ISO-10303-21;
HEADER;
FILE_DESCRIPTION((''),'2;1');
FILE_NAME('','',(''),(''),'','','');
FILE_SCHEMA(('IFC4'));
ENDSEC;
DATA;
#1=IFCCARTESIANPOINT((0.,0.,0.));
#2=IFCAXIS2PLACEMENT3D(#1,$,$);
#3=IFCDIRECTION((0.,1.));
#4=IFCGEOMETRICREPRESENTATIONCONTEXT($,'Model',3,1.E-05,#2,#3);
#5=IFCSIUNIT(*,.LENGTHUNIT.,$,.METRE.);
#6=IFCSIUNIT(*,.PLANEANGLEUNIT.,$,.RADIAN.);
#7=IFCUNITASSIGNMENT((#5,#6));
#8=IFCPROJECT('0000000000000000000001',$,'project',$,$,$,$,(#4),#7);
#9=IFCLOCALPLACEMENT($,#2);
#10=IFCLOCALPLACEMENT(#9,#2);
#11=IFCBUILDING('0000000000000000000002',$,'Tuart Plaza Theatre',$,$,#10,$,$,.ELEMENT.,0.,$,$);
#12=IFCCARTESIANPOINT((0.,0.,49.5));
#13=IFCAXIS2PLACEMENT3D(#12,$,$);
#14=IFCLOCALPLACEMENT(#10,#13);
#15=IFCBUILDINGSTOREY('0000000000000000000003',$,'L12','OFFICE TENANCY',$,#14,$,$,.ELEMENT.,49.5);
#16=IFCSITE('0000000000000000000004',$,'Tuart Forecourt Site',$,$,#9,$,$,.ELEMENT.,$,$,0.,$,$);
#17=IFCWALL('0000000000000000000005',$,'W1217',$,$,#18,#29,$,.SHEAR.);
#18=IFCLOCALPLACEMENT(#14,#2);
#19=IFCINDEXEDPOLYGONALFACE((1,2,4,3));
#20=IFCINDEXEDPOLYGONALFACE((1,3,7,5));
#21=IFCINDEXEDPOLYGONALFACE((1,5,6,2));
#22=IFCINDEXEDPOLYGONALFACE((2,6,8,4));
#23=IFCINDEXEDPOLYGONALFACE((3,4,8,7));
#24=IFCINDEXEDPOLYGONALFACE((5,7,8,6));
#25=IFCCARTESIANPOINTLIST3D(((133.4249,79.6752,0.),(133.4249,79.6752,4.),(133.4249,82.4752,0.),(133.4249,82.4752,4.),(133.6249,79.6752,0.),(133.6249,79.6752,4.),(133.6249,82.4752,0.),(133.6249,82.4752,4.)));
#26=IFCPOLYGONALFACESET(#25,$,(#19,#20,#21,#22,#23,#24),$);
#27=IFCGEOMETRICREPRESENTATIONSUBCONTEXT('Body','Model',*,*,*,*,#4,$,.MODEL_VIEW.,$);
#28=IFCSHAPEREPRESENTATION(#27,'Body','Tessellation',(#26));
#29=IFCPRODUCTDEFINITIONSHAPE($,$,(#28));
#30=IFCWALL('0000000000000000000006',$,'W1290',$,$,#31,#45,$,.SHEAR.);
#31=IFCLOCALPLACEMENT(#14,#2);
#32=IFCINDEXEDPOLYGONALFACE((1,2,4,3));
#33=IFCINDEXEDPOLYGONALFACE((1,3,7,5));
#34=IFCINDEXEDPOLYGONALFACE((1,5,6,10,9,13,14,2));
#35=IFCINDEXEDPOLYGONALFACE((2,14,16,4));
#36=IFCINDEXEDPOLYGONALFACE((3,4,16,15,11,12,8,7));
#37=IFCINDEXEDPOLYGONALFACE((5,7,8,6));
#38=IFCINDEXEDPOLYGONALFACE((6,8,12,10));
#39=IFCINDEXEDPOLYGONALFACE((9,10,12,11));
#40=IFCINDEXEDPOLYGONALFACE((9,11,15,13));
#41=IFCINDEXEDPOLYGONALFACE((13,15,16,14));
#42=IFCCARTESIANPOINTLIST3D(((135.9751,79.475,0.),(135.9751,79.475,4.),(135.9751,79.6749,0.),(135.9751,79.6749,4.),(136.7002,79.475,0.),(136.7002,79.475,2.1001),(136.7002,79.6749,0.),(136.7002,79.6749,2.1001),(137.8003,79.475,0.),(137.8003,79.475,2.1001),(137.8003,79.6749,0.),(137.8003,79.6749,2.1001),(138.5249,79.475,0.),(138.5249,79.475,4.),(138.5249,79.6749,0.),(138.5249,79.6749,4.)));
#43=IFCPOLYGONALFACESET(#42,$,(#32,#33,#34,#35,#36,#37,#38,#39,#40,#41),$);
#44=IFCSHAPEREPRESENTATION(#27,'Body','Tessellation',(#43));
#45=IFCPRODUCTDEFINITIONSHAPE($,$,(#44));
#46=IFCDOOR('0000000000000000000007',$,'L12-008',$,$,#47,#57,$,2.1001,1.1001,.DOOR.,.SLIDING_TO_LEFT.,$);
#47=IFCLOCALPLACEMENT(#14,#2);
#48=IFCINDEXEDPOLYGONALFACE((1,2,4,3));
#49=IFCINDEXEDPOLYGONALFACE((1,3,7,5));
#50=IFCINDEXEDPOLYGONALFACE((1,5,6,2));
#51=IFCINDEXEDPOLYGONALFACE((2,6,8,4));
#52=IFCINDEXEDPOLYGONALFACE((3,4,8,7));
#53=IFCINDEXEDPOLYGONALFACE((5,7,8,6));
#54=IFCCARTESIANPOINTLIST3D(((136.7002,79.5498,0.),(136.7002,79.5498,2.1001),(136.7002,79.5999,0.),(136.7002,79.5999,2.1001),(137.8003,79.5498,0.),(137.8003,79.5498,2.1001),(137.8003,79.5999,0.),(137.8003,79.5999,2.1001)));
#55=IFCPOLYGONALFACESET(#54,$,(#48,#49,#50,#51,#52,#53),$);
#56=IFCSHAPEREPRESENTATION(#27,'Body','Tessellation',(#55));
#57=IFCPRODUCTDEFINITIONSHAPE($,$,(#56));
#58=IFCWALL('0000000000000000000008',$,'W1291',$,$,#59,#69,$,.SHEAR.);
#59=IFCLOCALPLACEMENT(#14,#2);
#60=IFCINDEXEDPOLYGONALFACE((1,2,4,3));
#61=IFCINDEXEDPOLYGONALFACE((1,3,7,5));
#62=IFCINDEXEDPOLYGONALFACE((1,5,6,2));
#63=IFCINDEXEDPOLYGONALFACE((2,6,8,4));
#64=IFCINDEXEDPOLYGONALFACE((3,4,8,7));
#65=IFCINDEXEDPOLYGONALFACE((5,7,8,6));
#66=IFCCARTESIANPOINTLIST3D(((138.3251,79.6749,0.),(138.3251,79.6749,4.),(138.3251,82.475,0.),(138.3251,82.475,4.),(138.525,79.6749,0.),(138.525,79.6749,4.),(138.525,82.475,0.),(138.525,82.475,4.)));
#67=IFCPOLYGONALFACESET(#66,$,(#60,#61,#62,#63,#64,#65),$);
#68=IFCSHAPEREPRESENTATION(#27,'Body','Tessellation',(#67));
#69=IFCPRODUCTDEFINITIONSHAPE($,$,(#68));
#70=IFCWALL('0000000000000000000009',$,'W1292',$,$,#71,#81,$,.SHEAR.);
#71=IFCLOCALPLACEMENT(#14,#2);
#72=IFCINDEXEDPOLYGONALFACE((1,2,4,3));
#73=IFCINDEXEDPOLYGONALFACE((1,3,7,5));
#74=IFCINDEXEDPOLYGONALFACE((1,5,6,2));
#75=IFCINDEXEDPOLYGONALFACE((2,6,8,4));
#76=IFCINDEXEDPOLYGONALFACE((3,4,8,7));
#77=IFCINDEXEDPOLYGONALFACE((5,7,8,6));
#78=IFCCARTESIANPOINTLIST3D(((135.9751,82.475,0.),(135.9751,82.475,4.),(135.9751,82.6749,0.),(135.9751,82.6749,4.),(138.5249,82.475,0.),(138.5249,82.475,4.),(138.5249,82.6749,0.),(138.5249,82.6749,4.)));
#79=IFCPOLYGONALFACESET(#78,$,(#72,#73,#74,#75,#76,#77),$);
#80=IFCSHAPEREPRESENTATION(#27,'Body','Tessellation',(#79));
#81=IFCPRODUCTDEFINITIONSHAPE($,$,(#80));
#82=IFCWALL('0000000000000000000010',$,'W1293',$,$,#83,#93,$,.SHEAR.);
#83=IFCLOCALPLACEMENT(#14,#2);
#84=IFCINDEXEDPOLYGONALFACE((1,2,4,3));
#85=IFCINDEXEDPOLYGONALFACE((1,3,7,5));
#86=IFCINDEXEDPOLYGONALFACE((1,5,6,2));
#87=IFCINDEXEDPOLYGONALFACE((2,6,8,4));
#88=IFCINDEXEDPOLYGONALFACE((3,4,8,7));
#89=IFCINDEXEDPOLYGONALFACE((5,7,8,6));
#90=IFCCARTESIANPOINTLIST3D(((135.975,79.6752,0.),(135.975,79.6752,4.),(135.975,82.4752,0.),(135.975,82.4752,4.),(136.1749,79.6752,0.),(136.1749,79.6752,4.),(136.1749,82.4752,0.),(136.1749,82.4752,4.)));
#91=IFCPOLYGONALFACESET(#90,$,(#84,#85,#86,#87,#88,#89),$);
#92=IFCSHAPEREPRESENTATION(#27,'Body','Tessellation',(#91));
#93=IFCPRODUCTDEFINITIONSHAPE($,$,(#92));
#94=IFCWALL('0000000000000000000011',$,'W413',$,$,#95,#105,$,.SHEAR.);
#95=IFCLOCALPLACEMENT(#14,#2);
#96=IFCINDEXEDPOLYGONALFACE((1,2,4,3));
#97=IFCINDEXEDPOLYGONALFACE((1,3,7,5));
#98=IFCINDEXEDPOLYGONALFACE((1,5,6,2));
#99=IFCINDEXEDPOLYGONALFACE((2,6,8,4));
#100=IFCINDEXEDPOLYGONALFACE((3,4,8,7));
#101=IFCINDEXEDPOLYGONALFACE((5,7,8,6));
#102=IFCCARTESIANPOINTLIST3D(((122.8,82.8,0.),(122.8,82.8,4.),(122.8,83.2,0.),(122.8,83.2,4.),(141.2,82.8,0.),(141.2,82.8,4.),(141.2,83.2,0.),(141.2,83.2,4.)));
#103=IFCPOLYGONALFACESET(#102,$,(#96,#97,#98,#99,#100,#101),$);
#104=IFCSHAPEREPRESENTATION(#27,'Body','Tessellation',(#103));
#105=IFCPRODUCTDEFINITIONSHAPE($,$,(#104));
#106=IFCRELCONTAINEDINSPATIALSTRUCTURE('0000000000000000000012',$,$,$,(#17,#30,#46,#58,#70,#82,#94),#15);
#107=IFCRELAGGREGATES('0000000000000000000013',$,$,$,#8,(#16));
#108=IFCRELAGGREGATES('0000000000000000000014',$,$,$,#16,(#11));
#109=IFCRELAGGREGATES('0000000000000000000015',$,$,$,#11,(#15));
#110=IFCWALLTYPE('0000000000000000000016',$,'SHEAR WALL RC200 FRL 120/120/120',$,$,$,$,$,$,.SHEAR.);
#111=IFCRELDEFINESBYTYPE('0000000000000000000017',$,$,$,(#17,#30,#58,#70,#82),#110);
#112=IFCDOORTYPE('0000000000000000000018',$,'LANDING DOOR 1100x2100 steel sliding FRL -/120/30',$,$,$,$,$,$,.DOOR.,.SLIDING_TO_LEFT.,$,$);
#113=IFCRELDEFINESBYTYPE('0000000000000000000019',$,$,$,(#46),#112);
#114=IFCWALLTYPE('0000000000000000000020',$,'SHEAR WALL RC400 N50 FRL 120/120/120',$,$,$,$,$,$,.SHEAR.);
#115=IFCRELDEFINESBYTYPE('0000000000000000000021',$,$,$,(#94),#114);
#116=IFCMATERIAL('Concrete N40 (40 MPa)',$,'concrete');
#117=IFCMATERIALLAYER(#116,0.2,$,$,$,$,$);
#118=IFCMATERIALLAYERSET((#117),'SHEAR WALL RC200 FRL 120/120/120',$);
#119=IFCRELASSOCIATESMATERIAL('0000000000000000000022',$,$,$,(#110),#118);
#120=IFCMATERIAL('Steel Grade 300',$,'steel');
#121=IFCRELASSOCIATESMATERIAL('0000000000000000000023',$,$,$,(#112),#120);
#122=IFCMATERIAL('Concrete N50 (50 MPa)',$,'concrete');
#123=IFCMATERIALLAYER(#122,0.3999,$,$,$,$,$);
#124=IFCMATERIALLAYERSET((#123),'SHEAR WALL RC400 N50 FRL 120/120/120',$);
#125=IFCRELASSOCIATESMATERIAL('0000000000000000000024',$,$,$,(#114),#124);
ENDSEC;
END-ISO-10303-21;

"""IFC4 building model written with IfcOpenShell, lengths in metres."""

from ifc_helpers import new_model, si_unit, direction, frame, frame_2d, origin, place, context, subcontext, project, spatial, rectangle, extrude, material, layer, layer_set, type_object, element, fill, save


model = new_model("IFC4")

# Units and contexts
model_context = context("Model", 3, precision=1e-05, world=origin(), true_north=direction((0.0, 1.0)))
body_context = subcontext(model_context, "Body", "Model", "MODEL_VIEW")
ifc_project = project(units=[si_unit("LENGTHUNIT", "METRE"), si_unit("PLANEANGLEUNIT", "RADIAN")], contexts=[model_context])

# Site, building, storey
site_placement = place(None, origin())
site = spatial("IfcSite", under=ifc_project, at=site_placement, Name="Tuart Forecourt Site", CompositionType="ELEMENT", RefElevation=0.0)
building_placement = place(site_placement, origin())
building = spatial("IfcBuilding", under=site, at=building_placement, Name="Tuart Plaza Theatre", CompositionType="ELEMENT", ElevationOfRefHeight=0.0)
storey_placement = place(building_placement, frame((0.0, 0.0, 49.5)))
storey = spatial("IfcBuildingStorey", under=building, at=storey_placement, Name="L12", Description="OFFICE TENANCY", CompositionType="ELEMENT", Elevation=49.5)

# Shared definitions
ifc_material_1 = material(Name="Concrete N40 (40 MPa)", Category="concrete")
ifc_layer_1 = layer(ifc_material_1, 0.2)
ifc_layer_set_1 = layer_set([ifc_layer_1], Name="SHEAR WALL RC200 FRL 120/120/120")
wall_type_1 = type_object("IfcWallType", Name="SHEAR WALL RC200 FRL 120/120/120", PredefinedType="SHEAR", material=ifc_layer_set_1)
ifc_material_2 = material(Name="Steel Grade 300", Category="steel")
door_type_1 = type_object("IfcDoorType", Name="LANDING DOOR 1100x2100 steel sliding FRL -/120/30", OperationType="SLIDING_TO_LEFT", PredefinedType="DOOR", material=ifc_material_2)

# Wall
wall_1_placement = place(storey_placement, frame((133.5249, 82.4751, 0.0), z_axis=(0.0, 0.0, 1.0), x_axis=(0.0, -1.0, 0.0)))
element("IfcWall", 1, at=wall_1_placement, inside=storey, type_object=wall_type_1, Name="W1217", PredefinedType="SHEAR", context=body_context, shape_type="SweptSolid", body=[
    extrude(rectangle(XDim=2.8, YDim=0.2, at=frame_2d((1.3999, 0.0))), origin(), (0.0, 0.0, 1.0), 4.0),
])

# Wall, opening, door
wall_2_placement = place(storey_placement, frame((135.9751, 79.575, 0.0), z_axis=(0.0, 0.0, 1.0), x_axis=(1.0, 0.0, 0.0)))
wall_2 = element("IfcWall", 2, at=wall_2_placement, inside=storey, type_object=wall_type_1, Name="W1290", PredefinedType="SHEAR", context=body_context, shape_type="SweptSolid", body=[
    extrude(rectangle(XDim=2.5498, YDim=0.2, at=frame_2d((1.2749, 0.0))), origin(), (0.0, 0.0, 1.0), 4.0),
])
opening_1_placement = place(wall_2_placement, frame((0.7251, 0.0, 0.0)))
opening_1 = element("IfcOpeningElement", 3, at=opening_1_placement, cuts=wall_2, PredefinedType="OPENING", context=body_context, shape_type="SweptSolid", body=[
    extrude(rectangle(XDim=1.1001, YDim=2.1001, at=frame_2d((0.55, 1.05))), frame((0.0, 0.1099, 0.0), z_axis=(0.0, -1.0, 0.0), x_axis=(1.0, 0.0, 0.0)), (0.0, 0.0, 1.0), 0.22),
])
door_1_placement = place(opening_1_placement, origin())
door_1 = element("IfcDoor", 4, at=door_1_placement, inside=storey, type_object=door_type_1, Name="L12-008", OperationType="SLIDING_TO_LEFT", OverallHeight=2.1001, OverallWidth=1.1001, PredefinedType="DOOR", context=body_context, shape_type="SweptSolid", body=[
    extrude(rectangle(XDim=1.1001, YDim=2.1001, at=frame_2d((0.55, 1.05))), frame((0.0, 0.0249, 0.0), z_axis=(0.0, -1.0, 0.0), x_axis=(1.0, 0.0, 0.0)), (0.0, 0.0, 1.0), 0.05),
])
fill(opening_1, door_1)

# Walls
wall_3_placement = place(storey_placement, frame((138.425, 79.675, 0.0), z_axis=(0.0, 0.0, 1.0), x_axis=(0.0, 1.0, 0.0)))
element("IfcWall", 5, at=wall_3_placement, inside=storey, type_object=wall_type_1, Name="W1291", PredefinedType="SHEAR", context=body_context, shape_type="SweptSolid", body=[
    extrude(rectangle(XDim=2.8, YDim=0.2, at=frame_2d((1.3999, 0.0))), origin(), (0.0, 0.0, 1.0), 4.0),
])
wall_4_placement = place(storey_placement, frame((138.5249, 82.575, 0.0), z_axis=(0.0, 0.0, 1.0), x_axis=(-1.0, 0.0, 0.0)))
element("IfcWall", 6, at=wall_4_placement, inside=storey, type_object=wall_type_1, Name="W1292", PredefinedType="SHEAR", context=body_context, shape_type="SweptSolid", body=[
    extrude(rectangle(XDim=2.5498, YDim=0.2, at=frame_2d((1.2749, 0.0))), origin(), (0.0, 0.0, 1.0), 4.0),
])
wall_5_placement = place(storey_placement, frame((136.075, 82.4751, 0.0), z_axis=(0.0, 0.0, 1.0), x_axis=(0.0, -1.0, 0.0)))
element("IfcWall", 7, at=wall_5_placement, inside=storey, type_object=wall_type_1, Name="W1293", PredefinedType="SHEAR", context=body_context, shape_type="SweptSolid", body=[
    extrude(rectangle(XDim=2.8, YDim=0.2, at=frame_2d((1.3999, 0.0))), origin(), (0.0, 0.0, 1.0), 4.0),
])
ifc_material_3 = material(Name="Concrete N50 (50 MPa)", Category="concrete")
ifc_layer_2 = layer(ifc_material_3, 0.3999)
ifc_layer_set_2 = layer_set([ifc_layer_2], Name="SHEAR WALL RC400 N50 FRL 120/120/120")
wall_type_2 = type_object("IfcWallType", Name="SHEAR WALL RC400 N50 FRL 120/120/120", PredefinedType="SHEAR", material=ifc_layer_set_2)
wall_6_placement = place(storey_placement, frame((141.2, 83.0, 0.0), z_axis=(0.0, 0.0, 1.0), x_axis=(-1.0, 0.0, 0.0)))
element("IfcWall", 8, at=wall_6_placement, inside=storey, type_object=wall_type_2, Name="W413", PredefinedType="SHEAR", context=body_context, shape_type="SweptSolid", body=[
    extrude(rectangle(XDim=18.3999, YDim=0.3999, at=frame_2d((9.2, 0.0))), origin(), (0.0, 0.0, 1.0), 4.0),
])

save(model, "model.ifc")
